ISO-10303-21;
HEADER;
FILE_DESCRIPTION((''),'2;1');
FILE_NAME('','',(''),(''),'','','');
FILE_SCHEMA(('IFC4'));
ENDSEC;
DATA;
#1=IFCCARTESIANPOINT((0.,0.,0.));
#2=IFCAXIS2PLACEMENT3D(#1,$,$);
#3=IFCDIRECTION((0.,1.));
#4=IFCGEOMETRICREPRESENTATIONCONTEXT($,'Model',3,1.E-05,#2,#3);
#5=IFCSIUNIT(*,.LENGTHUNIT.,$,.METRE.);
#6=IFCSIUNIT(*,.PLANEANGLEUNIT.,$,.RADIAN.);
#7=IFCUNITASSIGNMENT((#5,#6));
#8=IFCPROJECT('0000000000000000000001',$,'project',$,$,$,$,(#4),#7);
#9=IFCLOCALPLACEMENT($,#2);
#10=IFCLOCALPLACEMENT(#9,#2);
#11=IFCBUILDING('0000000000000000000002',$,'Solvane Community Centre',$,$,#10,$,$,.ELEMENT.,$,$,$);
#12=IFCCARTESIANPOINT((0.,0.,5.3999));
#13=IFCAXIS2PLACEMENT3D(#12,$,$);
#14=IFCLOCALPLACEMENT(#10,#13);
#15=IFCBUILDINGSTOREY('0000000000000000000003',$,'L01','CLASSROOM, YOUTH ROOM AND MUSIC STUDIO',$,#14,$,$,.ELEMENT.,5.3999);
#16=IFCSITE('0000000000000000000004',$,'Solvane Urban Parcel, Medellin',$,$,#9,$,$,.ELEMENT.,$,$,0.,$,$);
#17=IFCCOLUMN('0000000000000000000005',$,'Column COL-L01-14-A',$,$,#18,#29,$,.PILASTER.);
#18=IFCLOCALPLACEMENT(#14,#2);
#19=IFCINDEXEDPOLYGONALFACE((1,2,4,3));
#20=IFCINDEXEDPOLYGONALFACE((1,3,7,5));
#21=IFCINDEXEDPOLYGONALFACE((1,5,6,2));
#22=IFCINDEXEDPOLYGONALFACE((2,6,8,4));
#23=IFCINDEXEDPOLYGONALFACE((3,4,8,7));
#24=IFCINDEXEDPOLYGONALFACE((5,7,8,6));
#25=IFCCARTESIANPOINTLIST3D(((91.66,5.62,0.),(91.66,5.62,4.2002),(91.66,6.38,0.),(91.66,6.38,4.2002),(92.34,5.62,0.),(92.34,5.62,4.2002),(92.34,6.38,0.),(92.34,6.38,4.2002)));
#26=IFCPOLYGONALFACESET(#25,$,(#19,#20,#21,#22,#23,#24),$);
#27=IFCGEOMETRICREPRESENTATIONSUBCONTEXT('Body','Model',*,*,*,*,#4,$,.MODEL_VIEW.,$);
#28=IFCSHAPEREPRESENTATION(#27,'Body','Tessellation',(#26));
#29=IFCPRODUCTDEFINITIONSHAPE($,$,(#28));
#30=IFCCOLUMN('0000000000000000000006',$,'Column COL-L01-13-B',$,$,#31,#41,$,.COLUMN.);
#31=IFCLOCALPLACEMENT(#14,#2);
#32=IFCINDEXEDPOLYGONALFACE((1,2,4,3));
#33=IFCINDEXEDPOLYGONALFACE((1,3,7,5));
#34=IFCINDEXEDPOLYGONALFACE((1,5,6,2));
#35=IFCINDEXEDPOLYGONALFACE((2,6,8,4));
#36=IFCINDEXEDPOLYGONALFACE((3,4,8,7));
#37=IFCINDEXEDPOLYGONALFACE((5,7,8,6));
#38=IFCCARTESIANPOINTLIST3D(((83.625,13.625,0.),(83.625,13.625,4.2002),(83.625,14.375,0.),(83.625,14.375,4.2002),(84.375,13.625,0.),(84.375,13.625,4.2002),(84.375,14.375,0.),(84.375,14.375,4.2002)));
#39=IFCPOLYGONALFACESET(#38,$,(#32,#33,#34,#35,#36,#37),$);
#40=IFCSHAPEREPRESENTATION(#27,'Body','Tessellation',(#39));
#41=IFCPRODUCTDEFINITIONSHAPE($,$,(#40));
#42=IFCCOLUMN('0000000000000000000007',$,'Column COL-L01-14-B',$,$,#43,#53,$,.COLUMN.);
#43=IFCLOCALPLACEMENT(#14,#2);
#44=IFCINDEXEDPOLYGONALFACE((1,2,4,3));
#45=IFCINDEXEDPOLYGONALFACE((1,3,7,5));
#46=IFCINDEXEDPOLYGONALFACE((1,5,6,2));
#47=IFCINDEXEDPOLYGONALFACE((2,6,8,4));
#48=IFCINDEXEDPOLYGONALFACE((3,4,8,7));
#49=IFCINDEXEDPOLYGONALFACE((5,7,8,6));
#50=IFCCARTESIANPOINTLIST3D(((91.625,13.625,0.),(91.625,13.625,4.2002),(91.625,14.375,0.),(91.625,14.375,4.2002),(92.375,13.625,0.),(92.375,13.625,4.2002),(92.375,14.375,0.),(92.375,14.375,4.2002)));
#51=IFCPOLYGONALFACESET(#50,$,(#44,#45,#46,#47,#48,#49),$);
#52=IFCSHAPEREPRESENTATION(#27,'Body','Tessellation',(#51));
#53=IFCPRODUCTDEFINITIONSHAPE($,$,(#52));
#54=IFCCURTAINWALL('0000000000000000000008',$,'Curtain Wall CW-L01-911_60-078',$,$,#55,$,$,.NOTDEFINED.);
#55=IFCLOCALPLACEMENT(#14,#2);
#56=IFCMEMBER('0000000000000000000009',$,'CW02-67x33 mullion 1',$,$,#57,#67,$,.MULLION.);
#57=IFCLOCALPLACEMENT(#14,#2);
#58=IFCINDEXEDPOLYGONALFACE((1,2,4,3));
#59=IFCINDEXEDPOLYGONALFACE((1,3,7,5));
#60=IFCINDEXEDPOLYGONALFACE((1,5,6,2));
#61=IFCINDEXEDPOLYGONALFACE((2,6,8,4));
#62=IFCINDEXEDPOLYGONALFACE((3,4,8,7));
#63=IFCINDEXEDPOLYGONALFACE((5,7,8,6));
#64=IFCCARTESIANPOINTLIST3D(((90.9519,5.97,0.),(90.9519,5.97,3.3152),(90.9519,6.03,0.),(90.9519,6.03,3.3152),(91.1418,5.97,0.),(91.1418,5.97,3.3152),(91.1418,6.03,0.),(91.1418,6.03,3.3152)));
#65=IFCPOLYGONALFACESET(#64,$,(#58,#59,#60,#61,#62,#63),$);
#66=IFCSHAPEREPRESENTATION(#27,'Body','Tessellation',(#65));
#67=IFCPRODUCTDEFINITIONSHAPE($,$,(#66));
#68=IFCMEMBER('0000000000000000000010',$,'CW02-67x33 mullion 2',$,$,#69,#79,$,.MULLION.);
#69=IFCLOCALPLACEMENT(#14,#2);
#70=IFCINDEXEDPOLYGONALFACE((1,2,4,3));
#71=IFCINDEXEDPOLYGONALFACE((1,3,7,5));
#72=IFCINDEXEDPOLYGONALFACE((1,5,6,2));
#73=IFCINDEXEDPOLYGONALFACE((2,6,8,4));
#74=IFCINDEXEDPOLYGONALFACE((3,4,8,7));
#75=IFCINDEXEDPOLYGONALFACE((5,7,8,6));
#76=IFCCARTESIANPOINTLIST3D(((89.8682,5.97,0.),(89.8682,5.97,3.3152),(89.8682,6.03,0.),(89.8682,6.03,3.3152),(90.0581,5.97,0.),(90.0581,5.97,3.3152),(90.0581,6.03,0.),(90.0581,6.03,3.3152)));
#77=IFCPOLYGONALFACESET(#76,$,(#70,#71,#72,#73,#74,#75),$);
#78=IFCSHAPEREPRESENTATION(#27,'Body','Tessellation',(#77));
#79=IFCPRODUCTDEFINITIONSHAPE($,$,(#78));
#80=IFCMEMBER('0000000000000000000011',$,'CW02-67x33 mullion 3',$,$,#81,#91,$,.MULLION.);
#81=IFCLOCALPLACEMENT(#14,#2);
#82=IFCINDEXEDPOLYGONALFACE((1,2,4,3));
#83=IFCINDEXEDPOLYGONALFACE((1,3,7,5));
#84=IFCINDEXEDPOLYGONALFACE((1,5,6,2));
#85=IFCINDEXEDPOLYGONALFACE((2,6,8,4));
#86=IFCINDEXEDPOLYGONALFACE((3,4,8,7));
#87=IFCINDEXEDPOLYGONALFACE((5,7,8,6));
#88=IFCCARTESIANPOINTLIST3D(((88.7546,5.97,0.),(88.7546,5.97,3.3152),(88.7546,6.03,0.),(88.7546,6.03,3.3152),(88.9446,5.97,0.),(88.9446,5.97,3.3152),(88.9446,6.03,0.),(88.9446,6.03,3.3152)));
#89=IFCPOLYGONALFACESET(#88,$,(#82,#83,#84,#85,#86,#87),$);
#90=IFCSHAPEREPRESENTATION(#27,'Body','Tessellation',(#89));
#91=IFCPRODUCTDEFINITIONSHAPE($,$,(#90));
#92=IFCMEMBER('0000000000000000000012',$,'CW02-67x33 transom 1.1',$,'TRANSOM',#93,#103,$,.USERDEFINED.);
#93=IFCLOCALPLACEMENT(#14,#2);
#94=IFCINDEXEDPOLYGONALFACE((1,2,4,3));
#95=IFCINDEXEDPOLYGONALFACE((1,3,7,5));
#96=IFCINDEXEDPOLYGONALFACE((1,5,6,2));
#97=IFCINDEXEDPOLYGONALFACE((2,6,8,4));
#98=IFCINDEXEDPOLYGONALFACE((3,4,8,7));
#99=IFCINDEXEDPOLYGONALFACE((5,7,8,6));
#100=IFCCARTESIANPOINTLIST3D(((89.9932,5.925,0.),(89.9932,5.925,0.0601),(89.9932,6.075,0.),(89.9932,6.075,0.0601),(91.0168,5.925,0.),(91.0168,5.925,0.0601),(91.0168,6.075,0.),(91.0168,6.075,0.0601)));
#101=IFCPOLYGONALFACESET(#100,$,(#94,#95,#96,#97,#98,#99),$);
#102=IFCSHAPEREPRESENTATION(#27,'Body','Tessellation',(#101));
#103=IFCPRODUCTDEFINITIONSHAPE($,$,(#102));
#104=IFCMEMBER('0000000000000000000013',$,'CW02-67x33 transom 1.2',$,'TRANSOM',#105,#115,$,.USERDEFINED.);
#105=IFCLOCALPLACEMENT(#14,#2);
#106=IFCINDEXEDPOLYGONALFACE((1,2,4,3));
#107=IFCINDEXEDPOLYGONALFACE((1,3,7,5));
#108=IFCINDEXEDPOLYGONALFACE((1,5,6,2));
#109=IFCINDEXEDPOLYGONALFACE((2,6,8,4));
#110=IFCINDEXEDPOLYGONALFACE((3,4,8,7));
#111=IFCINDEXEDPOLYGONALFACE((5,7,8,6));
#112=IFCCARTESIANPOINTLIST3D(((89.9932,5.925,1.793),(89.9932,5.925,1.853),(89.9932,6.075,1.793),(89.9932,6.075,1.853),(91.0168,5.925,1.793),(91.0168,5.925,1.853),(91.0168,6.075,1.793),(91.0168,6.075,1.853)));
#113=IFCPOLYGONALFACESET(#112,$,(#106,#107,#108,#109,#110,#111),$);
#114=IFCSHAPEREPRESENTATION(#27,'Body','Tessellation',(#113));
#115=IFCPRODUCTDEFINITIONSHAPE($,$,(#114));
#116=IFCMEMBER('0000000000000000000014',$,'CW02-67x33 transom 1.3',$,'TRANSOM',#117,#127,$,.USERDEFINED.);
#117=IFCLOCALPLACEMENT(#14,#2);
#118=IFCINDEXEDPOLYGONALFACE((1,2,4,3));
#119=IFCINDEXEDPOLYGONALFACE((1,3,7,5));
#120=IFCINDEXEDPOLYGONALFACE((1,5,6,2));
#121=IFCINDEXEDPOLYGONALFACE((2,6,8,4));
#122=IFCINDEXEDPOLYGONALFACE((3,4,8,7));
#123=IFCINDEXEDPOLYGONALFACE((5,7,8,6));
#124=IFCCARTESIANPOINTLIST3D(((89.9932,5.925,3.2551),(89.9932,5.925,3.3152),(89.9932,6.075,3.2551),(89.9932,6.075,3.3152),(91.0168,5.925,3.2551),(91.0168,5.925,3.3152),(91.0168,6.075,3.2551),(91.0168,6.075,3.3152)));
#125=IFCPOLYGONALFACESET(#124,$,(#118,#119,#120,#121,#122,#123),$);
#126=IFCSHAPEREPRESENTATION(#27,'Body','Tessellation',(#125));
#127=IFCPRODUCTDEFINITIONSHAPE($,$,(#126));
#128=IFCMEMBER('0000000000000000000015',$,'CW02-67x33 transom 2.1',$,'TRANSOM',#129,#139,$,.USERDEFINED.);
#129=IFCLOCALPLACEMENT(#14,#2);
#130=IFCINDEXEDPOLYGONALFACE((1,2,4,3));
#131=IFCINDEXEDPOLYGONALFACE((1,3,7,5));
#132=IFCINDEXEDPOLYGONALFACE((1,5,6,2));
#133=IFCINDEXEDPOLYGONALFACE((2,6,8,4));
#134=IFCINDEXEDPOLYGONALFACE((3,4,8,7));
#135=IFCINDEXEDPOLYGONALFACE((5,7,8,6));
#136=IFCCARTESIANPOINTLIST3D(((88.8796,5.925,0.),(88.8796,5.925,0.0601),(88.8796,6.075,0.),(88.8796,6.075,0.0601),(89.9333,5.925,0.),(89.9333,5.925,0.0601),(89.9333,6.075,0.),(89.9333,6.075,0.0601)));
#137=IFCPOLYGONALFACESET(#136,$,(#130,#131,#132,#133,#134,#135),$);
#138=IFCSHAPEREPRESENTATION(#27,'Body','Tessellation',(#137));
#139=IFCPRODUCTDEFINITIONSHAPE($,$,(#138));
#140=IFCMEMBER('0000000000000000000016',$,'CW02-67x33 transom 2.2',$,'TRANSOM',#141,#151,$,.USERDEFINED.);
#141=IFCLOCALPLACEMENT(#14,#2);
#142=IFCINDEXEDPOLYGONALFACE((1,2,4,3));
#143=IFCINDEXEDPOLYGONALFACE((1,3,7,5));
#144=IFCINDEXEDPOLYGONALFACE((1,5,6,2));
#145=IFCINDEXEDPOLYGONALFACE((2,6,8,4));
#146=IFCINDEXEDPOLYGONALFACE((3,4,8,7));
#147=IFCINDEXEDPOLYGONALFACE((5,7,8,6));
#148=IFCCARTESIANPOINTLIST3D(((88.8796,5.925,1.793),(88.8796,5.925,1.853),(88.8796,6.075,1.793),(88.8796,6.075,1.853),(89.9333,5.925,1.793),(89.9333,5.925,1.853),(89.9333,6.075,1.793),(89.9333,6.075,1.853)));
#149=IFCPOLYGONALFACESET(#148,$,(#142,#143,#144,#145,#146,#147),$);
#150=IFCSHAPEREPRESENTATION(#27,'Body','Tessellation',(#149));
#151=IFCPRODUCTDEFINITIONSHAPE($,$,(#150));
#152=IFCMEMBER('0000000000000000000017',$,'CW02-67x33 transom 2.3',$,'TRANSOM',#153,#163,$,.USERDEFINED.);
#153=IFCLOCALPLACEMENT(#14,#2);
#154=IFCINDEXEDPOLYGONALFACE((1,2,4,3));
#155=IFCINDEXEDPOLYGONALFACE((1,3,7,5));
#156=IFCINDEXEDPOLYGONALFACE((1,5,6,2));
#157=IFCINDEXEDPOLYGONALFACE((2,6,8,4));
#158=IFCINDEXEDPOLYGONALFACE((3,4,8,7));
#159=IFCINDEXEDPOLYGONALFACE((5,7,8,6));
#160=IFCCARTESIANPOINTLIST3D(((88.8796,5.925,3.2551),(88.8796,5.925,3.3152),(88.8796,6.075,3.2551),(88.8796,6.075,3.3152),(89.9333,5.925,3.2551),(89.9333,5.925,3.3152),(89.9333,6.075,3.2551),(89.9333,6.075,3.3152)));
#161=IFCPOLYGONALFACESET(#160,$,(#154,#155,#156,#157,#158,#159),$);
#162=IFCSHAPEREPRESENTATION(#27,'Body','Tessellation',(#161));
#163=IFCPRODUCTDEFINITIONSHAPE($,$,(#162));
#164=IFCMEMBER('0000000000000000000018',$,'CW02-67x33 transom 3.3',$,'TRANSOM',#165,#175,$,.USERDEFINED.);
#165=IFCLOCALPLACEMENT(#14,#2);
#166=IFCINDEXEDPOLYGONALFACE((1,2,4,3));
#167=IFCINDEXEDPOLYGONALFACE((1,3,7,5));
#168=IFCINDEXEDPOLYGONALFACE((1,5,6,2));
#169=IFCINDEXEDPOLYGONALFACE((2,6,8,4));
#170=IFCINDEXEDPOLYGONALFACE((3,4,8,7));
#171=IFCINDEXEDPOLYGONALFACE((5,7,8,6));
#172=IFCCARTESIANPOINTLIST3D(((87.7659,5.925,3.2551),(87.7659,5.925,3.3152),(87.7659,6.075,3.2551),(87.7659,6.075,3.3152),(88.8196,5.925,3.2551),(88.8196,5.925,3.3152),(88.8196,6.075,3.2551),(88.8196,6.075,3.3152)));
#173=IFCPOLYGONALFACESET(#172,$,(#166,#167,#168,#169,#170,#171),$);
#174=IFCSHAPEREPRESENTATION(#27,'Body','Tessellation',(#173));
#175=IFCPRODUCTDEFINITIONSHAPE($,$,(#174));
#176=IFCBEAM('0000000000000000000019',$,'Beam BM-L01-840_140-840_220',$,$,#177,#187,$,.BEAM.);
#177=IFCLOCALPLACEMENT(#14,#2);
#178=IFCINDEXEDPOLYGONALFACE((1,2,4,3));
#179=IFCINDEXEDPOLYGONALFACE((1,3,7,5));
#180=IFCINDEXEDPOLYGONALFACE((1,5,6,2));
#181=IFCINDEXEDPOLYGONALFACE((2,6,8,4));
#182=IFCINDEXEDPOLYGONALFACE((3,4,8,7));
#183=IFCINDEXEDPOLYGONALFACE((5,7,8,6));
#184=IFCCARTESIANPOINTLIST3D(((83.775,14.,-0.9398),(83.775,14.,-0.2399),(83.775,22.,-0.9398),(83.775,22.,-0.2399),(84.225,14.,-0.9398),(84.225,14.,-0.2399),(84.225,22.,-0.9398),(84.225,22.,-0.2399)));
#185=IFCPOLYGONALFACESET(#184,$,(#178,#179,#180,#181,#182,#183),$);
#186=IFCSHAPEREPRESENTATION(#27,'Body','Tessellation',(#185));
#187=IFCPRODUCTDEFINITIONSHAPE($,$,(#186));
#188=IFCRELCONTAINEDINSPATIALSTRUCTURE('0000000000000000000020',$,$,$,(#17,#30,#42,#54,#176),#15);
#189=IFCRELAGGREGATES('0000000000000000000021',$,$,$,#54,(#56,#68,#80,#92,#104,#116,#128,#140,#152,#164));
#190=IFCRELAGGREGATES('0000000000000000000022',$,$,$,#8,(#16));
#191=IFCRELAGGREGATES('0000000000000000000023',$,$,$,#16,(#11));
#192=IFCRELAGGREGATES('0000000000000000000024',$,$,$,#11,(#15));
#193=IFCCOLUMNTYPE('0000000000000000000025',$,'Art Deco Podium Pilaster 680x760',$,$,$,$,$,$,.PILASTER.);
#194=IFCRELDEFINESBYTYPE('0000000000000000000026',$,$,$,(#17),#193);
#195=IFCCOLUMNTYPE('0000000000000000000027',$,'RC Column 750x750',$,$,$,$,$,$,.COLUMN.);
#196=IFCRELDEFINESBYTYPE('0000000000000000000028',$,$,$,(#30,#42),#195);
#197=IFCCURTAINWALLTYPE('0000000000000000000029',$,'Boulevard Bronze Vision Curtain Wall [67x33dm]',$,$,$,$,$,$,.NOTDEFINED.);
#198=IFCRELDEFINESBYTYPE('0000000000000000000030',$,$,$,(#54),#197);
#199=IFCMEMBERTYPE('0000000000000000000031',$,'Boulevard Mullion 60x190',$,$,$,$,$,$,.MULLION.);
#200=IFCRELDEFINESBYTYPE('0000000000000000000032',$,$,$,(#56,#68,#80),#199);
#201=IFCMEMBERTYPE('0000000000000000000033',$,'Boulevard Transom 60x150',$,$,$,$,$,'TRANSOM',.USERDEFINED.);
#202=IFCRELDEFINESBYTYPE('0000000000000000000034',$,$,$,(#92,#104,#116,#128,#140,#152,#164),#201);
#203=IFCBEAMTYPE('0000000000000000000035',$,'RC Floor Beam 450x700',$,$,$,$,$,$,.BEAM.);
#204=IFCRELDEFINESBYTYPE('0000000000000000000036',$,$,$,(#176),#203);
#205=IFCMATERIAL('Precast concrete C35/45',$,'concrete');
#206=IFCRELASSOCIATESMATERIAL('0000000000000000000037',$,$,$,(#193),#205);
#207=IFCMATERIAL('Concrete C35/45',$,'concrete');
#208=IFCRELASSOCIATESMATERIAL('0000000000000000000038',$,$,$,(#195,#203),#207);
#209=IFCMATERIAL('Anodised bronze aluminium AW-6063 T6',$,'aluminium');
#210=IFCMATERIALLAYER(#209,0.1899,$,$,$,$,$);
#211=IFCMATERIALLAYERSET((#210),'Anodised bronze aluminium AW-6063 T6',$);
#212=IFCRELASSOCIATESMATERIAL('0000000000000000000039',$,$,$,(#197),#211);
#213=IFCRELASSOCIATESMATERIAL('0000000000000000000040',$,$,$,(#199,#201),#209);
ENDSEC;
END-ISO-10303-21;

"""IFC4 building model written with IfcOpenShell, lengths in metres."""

from ifc_helpers import new_model, si_unit, direction, frame, origin, origin_2d, place, context, subcontext, project, spatial, rectangle, extrude, material, layer, layer_set, material_profile, profile_set, type_object, element, aggregate, save


model = new_model("IFC4")

# Units and contexts
model_context = context("Model", 3, precision=1e-05, world=origin(), true_north=direction((0.0, 1.0)))
body_context = subcontext(model_context, "Body", "Model", "MODEL_VIEW")
ifc_project = project(units=[si_unit("LENGTHUNIT", "METRE"), si_unit("PLANEANGLEUNIT", "RADIAN")], contexts=[model_context])

# Site, building, storey
site_placement = place(None, origin())
site = spatial("IfcSite", under=ifc_project, at=site_placement, Name="Solvane Urban Parcel, Medellin", CompositionType="ELEMENT", RefElevation=0.0)
building_placement = place(site_placement, origin())
building = spatial("IfcBuilding", under=site, at=building_placement, Name="Solvane Community Centre", CompositionType="ELEMENT")
storey_placement = place(building_placement, frame((0.0, 0.0, 5.3999)))
storey = spatial("IfcBuildingStorey", under=building, at=storey_placement, Name="L01", Description="CLASSROOM, YOUTH ROOM AND MUSIC STUDIO", CompositionType="ELEMENT", Elevation=5.3999)

# Columns
ifc_material_1 = material(Name="Precast concrete C35/45", Category="concrete")
ifc_material_profile_1 = material_profile(ifc_material_1, rectangle(XDim=0.6799, YDim=0.76, at=origin_2d()), Name="RC 680x760")
ifc_profile_set_1 = profile_set([ifc_material_profile_1], Name="Precast concrete C35/45")
column_type_1 = type_object("IfcColumnType", Name="Art Deco Podium Pilaster 680x760", PredefinedType="PILASTER", material=ifc_profile_set_1)
column_placement = place(storey_placement, frame((92.0, 6.0, 0.0), z_axis=(0.0, 0.0, 1.0), x_axis=(1.0, 0.0, 0.0)))
element("IfcColumn", 1, at=column_placement, inside=storey, type_object=column_type_1, Name="Column COL-L01-14-A", PredefinedType="PILASTER", context=body_context, shape_type="SweptSolid", body=[
    extrude(rectangle(XDim=0.6799, YDim=0.76, at=origin_2d()), origin(), (0.0, 0.0, 1.0), 4.2002),
])
ifc_material_2 = material(Name="Concrete C35/45", Category="concrete")
ifc_material_profile_2 = material_profile(ifc_material_2, rectangle(XDim=0.75, YDim=0.75, at=origin_2d()), Name="RC 750x750")
ifc_profile_set_2 = profile_set([ifc_material_profile_2], Name="Concrete C35/45")
column_type_2 = type_object("IfcColumnType", Name="RC Column 750x750", PredefinedType="COLUMN", material=ifc_profile_set_2)
for number, where, z_axis, x_axis, name in (
    (2, (84.0, 14.0, 0.0), (0.0, 0.0, 1.0), (1.0, 0.0, 0.0), "Column COL-L01-13-B"),
    (3, (92.0, 14.0, 0.0), (0.0, 0.0, 1.0), (1.0, 0.0, 0.0), "Column COL-L01-14-B"),
):
    element("IfcColumn", number, at=place(storey_placement, frame(where, z_axis=z_axis, x_axis=x_axis)), inside=storey, type_object=column_type_2, Name=name, PredefinedType="COLUMN", context=body_context, shape_type="SweptSolid", body=[
        extrude(rectangle(XDim=0.75, YDim=0.75, at=origin_2d()), origin(), (0.0, 0.0, 1.0), 4.2002),
    ])

# Curtain wall, members
ifc_material_3 = material(Name="Anodised bronze aluminium AW-6063 T6", Category="aluminium")
ifc_layer_1 = layer(ifc_material_3, 0.1899)
ifc_layer_set_1 = layer_set([ifc_layer_1], Name="Anodised bronze aluminium AW-6063 T6")
curtain_wall_type = type_object("IfcCurtainWallType", Name="Boulevard Bronze Vision Curtain Wall [67x33dm]", PredefinedType="NOTDEFINED", material=ifc_layer_set_1)
curtain_wall_placement = place(storey_placement, origin())
curtain_wall = element("IfcCurtainWall", 4, at=curtain_wall_placement, inside=storey, type_object=curtain_wall_type, Name="Curtain Wall CW-L01-911_60-078", PredefinedType="NOTDEFINED")
ifc_material_profile_3 = material_profile(ifc_material_3, rectangle(XDim=0.0601, YDim=0.1899, at=origin_2d()), Name="CW-M 60x190")
ifc_profile_set_3 = profile_set([ifc_material_profile_3], Name="Anodised bronze aluminium AW-6063 T6")
member_type_1 = type_object("IfcMemberType", Name="Boulevard Mullion 60x190", PredefinedType="MULLION", material=ifc_profile_set_3)
member_1_placement = place(storey_placement, frame((91.0469, 6.0, 0.0), z_axis=(0.0, 0.0, 1.0), x_axis=(0.0, -1.0, 0.0)))
member_1 = element("IfcMember", 5, at=member_1_placement, type_object=member_type_1, Name="CW02-67x33 mullion 1", PredefinedType="MULLION", context=body_context, shape_type="SweptSolid", body=[
    extrude(rectangle(XDim=0.0601, YDim=0.1899, at=origin_2d()), origin(), (0.0, 0.0, 1.0), 3.3152),
])
member_2_placement = place(storey_placement, frame((89.9631, 6.0, 0.0), z_axis=(0.0, 0.0, 1.0), x_axis=(0.0, -1.0, 0.0)))
member_2 = element("IfcMember", 6, at=member_2_placement, type_object=member_type_1, Name="CW02-67x33 mullion 2", PredefinedType="MULLION", context=body_context, shape_type="SweptSolid", body=[
    extrude(rectangle(XDim=0.0601, YDim=0.1899, at=origin_2d()), origin(), (0.0, 0.0, 1.0), 3.3152),
])
member_3_placement = place(storey_placement, frame((88.8496, 6.0, 0.0), z_axis=(0.0, 0.0, 1.0), x_axis=(0.0, -1.0, 0.0)))
member_3 = element("IfcMember", 7, at=member_3_placement, type_object=member_type_1, Name="CW02-67x33 mullion 3", PredefinedType="MULLION", context=body_context, shape_type="SweptSolid", body=[
    extrude(rectangle(XDim=0.0601, YDim=0.1899, at=origin_2d()), origin(), (0.0, 0.0, 1.0), 3.3152),
])
ifc_material_profile_4 = material_profile(ifc_material_3, rectangle(XDim=0.1499, YDim=0.0601, at=origin_2d()), Name="CW-T 60x150")
ifc_profile_set_4 = profile_set([ifc_material_profile_4], Name="Anodised bronze aluminium AW-6063 T6")
member_type_2 = type_object("IfcMemberType", Name="Boulevard Transom 60x150", ElementType="TRANSOM", PredefinedType="USERDEFINED", material=ifc_profile_set_4)
member_4_placement = place(storey_placement, frame((91.0168, 6.0, 0.03), z_axis=(-1.0, 0.0, 0.0), x_axis=(0.0, -1.0, 0.0)))
member_4 = element("IfcMember", 8, at=member_4_placement, type_object=member_type_2, Name="CW02-67x33 transom 1.1", ObjectType="TRANSOM", PredefinedType="USERDEFINED", context=body_context, shape_type="SweptSolid", body=[
    extrude(rectangle(XDim=0.1499, YDim=0.0601, at=origin_2d()), origin(), (0.0, 0.0, 1.0), 1.0237),
])
member_5_placement = place(storey_placement, frame((91.0168, 6.0, 1.823), z_axis=(-1.0, 0.0, 0.0), x_axis=(0.0, -1.0, 0.0)))
member_5 = element("IfcMember", 9, at=member_5_placement, type_object=member_type_2, Name="CW02-67x33 transom 1.2", ObjectType="TRANSOM", PredefinedType="USERDEFINED", context=body_context, shape_type="SweptSolid", body=[
    extrude(rectangle(XDim=0.1499, YDim=0.0601, at=origin_2d()), origin(), (0.0, 0.0, 1.0), 1.0237),
])
member_6_placement = place(storey_placement, frame((91.0168, 6.0, 3.2852), z_axis=(-1.0, 0.0, 0.0), x_axis=(0.0, -1.0, 0.0)))
member_6 = element("IfcMember", 10, at=member_6_placement, type_object=member_type_2, Name="CW02-67x33 transom 1.3", ObjectType="TRANSOM", PredefinedType="USERDEFINED", context=body_context, shape_type="SweptSolid", body=[
    extrude(rectangle(XDim=0.1499, YDim=0.0601, at=origin_2d()), origin(), (0.0, 0.0, 1.0), 1.0237),
])
member_7_placement = place(storey_placement, frame((89.9333, 6.0, 0.03), z_axis=(-1.0, 0.0, 0.0), x_axis=(0.0, -1.0, 0.0)))
member_7 = element("IfcMember", 11, at=member_7_placement, type_object=member_type_2, Name="CW02-67x33 transom 2.1", ObjectType="TRANSOM", PredefinedType="USERDEFINED", context=body_context, shape_type="SweptSolid", body=[
    extrude(rectangle(XDim=0.1499, YDim=0.0601, at=origin_2d()), origin(), (0.0, 0.0, 1.0), 1.0537),
])
member_8_placement = place(storey_placement, frame((89.9333, 6.0, 1.823), z_axis=(-1.0, 0.0, 0.0), x_axis=(0.0, -1.0, 0.0)))
member_8 = element("IfcMember", 12, at=member_8_placement, type_object=member_type_2, Name="CW02-67x33 transom 2.2", ObjectType="TRANSOM", PredefinedType="USERDEFINED", context=body_context, shape_type="SweptSolid", body=[
    extrude(rectangle(XDim=0.1499, YDim=0.0601, at=origin_2d()), origin(), (0.0, 0.0, 1.0), 1.0537),
])
member_9_placement = place(storey_placement, frame((89.9333, 6.0, 3.2852), z_axis=(-1.0, 0.0, 0.0), x_axis=(0.0, -1.0, 0.0)))
member_9 = element("IfcMember", 13, at=member_9_placement, type_object=member_type_2, Name="CW02-67x33 transom 2.3", ObjectType="TRANSOM", PredefinedType="USERDEFINED", context=body_context, shape_type="SweptSolid", body=[
    extrude(rectangle(XDim=0.1499, YDim=0.0601, at=origin_2d()), origin(), (0.0, 0.0, 1.0), 1.0537),
])
member_10_placement = place(storey_placement, frame((88.8196, 6.0, 3.2852), z_axis=(-1.0, 0.0, 0.0), x_axis=(0.0, -1.0, 0.0)))
member_10 = element("IfcMember", 14, at=member_10_placement, type_object=member_type_2, Name="CW02-67x33 transom 3.3", ObjectType="TRANSOM", PredefinedType="USERDEFINED", context=body_context, shape_type="SweptSolid", body=[
    extrude(rectangle(XDim=0.1499, YDim=0.0601, at=origin_2d()), origin(), (0.0, 0.0, 1.0), 1.0537),
])

# Beam
ifc_material_profile_5 = material_profile(ifc_material_2, rectangle(XDim=0.45, YDim=0.7, at=origin_2d()), Name="RC 450x700")
ifc_profile_set_5 = profile_set([ifc_material_profile_5], Name="Concrete C35/45")
beam_type_1 = type_object("IfcBeamType", Name="RC Floor Beam 450x700", PredefinedType="BEAM", material=ifc_profile_set_5)
beam_1_placement = place(storey_placement, frame((84.0, 14.0, -0.5898), z_axis=(0.0, 1.0, 0.0), x_axis=(-1.0, 0.0, 0.0)))
element("IfcBeam", 15, at=beam_1_placement, inside=storey, type_object=beam_type_1, Name="Beam BM-L01-840_140-840_220", PredefinedType="BEAM", context=body_context, shape_type="SweptSolid", body=[
    extrude(rectangle(XDim=0.45, YDim=0.7, at=origin_2d()), origin(), (0.0, 0.0, 1.0), 8.0),
])

aggregate(curtain_wall, [member_1, member_2, member_3, member_4, member_5, member_6, member_7, member_8, member_9, member_10])

save(model, "model.ifc")
